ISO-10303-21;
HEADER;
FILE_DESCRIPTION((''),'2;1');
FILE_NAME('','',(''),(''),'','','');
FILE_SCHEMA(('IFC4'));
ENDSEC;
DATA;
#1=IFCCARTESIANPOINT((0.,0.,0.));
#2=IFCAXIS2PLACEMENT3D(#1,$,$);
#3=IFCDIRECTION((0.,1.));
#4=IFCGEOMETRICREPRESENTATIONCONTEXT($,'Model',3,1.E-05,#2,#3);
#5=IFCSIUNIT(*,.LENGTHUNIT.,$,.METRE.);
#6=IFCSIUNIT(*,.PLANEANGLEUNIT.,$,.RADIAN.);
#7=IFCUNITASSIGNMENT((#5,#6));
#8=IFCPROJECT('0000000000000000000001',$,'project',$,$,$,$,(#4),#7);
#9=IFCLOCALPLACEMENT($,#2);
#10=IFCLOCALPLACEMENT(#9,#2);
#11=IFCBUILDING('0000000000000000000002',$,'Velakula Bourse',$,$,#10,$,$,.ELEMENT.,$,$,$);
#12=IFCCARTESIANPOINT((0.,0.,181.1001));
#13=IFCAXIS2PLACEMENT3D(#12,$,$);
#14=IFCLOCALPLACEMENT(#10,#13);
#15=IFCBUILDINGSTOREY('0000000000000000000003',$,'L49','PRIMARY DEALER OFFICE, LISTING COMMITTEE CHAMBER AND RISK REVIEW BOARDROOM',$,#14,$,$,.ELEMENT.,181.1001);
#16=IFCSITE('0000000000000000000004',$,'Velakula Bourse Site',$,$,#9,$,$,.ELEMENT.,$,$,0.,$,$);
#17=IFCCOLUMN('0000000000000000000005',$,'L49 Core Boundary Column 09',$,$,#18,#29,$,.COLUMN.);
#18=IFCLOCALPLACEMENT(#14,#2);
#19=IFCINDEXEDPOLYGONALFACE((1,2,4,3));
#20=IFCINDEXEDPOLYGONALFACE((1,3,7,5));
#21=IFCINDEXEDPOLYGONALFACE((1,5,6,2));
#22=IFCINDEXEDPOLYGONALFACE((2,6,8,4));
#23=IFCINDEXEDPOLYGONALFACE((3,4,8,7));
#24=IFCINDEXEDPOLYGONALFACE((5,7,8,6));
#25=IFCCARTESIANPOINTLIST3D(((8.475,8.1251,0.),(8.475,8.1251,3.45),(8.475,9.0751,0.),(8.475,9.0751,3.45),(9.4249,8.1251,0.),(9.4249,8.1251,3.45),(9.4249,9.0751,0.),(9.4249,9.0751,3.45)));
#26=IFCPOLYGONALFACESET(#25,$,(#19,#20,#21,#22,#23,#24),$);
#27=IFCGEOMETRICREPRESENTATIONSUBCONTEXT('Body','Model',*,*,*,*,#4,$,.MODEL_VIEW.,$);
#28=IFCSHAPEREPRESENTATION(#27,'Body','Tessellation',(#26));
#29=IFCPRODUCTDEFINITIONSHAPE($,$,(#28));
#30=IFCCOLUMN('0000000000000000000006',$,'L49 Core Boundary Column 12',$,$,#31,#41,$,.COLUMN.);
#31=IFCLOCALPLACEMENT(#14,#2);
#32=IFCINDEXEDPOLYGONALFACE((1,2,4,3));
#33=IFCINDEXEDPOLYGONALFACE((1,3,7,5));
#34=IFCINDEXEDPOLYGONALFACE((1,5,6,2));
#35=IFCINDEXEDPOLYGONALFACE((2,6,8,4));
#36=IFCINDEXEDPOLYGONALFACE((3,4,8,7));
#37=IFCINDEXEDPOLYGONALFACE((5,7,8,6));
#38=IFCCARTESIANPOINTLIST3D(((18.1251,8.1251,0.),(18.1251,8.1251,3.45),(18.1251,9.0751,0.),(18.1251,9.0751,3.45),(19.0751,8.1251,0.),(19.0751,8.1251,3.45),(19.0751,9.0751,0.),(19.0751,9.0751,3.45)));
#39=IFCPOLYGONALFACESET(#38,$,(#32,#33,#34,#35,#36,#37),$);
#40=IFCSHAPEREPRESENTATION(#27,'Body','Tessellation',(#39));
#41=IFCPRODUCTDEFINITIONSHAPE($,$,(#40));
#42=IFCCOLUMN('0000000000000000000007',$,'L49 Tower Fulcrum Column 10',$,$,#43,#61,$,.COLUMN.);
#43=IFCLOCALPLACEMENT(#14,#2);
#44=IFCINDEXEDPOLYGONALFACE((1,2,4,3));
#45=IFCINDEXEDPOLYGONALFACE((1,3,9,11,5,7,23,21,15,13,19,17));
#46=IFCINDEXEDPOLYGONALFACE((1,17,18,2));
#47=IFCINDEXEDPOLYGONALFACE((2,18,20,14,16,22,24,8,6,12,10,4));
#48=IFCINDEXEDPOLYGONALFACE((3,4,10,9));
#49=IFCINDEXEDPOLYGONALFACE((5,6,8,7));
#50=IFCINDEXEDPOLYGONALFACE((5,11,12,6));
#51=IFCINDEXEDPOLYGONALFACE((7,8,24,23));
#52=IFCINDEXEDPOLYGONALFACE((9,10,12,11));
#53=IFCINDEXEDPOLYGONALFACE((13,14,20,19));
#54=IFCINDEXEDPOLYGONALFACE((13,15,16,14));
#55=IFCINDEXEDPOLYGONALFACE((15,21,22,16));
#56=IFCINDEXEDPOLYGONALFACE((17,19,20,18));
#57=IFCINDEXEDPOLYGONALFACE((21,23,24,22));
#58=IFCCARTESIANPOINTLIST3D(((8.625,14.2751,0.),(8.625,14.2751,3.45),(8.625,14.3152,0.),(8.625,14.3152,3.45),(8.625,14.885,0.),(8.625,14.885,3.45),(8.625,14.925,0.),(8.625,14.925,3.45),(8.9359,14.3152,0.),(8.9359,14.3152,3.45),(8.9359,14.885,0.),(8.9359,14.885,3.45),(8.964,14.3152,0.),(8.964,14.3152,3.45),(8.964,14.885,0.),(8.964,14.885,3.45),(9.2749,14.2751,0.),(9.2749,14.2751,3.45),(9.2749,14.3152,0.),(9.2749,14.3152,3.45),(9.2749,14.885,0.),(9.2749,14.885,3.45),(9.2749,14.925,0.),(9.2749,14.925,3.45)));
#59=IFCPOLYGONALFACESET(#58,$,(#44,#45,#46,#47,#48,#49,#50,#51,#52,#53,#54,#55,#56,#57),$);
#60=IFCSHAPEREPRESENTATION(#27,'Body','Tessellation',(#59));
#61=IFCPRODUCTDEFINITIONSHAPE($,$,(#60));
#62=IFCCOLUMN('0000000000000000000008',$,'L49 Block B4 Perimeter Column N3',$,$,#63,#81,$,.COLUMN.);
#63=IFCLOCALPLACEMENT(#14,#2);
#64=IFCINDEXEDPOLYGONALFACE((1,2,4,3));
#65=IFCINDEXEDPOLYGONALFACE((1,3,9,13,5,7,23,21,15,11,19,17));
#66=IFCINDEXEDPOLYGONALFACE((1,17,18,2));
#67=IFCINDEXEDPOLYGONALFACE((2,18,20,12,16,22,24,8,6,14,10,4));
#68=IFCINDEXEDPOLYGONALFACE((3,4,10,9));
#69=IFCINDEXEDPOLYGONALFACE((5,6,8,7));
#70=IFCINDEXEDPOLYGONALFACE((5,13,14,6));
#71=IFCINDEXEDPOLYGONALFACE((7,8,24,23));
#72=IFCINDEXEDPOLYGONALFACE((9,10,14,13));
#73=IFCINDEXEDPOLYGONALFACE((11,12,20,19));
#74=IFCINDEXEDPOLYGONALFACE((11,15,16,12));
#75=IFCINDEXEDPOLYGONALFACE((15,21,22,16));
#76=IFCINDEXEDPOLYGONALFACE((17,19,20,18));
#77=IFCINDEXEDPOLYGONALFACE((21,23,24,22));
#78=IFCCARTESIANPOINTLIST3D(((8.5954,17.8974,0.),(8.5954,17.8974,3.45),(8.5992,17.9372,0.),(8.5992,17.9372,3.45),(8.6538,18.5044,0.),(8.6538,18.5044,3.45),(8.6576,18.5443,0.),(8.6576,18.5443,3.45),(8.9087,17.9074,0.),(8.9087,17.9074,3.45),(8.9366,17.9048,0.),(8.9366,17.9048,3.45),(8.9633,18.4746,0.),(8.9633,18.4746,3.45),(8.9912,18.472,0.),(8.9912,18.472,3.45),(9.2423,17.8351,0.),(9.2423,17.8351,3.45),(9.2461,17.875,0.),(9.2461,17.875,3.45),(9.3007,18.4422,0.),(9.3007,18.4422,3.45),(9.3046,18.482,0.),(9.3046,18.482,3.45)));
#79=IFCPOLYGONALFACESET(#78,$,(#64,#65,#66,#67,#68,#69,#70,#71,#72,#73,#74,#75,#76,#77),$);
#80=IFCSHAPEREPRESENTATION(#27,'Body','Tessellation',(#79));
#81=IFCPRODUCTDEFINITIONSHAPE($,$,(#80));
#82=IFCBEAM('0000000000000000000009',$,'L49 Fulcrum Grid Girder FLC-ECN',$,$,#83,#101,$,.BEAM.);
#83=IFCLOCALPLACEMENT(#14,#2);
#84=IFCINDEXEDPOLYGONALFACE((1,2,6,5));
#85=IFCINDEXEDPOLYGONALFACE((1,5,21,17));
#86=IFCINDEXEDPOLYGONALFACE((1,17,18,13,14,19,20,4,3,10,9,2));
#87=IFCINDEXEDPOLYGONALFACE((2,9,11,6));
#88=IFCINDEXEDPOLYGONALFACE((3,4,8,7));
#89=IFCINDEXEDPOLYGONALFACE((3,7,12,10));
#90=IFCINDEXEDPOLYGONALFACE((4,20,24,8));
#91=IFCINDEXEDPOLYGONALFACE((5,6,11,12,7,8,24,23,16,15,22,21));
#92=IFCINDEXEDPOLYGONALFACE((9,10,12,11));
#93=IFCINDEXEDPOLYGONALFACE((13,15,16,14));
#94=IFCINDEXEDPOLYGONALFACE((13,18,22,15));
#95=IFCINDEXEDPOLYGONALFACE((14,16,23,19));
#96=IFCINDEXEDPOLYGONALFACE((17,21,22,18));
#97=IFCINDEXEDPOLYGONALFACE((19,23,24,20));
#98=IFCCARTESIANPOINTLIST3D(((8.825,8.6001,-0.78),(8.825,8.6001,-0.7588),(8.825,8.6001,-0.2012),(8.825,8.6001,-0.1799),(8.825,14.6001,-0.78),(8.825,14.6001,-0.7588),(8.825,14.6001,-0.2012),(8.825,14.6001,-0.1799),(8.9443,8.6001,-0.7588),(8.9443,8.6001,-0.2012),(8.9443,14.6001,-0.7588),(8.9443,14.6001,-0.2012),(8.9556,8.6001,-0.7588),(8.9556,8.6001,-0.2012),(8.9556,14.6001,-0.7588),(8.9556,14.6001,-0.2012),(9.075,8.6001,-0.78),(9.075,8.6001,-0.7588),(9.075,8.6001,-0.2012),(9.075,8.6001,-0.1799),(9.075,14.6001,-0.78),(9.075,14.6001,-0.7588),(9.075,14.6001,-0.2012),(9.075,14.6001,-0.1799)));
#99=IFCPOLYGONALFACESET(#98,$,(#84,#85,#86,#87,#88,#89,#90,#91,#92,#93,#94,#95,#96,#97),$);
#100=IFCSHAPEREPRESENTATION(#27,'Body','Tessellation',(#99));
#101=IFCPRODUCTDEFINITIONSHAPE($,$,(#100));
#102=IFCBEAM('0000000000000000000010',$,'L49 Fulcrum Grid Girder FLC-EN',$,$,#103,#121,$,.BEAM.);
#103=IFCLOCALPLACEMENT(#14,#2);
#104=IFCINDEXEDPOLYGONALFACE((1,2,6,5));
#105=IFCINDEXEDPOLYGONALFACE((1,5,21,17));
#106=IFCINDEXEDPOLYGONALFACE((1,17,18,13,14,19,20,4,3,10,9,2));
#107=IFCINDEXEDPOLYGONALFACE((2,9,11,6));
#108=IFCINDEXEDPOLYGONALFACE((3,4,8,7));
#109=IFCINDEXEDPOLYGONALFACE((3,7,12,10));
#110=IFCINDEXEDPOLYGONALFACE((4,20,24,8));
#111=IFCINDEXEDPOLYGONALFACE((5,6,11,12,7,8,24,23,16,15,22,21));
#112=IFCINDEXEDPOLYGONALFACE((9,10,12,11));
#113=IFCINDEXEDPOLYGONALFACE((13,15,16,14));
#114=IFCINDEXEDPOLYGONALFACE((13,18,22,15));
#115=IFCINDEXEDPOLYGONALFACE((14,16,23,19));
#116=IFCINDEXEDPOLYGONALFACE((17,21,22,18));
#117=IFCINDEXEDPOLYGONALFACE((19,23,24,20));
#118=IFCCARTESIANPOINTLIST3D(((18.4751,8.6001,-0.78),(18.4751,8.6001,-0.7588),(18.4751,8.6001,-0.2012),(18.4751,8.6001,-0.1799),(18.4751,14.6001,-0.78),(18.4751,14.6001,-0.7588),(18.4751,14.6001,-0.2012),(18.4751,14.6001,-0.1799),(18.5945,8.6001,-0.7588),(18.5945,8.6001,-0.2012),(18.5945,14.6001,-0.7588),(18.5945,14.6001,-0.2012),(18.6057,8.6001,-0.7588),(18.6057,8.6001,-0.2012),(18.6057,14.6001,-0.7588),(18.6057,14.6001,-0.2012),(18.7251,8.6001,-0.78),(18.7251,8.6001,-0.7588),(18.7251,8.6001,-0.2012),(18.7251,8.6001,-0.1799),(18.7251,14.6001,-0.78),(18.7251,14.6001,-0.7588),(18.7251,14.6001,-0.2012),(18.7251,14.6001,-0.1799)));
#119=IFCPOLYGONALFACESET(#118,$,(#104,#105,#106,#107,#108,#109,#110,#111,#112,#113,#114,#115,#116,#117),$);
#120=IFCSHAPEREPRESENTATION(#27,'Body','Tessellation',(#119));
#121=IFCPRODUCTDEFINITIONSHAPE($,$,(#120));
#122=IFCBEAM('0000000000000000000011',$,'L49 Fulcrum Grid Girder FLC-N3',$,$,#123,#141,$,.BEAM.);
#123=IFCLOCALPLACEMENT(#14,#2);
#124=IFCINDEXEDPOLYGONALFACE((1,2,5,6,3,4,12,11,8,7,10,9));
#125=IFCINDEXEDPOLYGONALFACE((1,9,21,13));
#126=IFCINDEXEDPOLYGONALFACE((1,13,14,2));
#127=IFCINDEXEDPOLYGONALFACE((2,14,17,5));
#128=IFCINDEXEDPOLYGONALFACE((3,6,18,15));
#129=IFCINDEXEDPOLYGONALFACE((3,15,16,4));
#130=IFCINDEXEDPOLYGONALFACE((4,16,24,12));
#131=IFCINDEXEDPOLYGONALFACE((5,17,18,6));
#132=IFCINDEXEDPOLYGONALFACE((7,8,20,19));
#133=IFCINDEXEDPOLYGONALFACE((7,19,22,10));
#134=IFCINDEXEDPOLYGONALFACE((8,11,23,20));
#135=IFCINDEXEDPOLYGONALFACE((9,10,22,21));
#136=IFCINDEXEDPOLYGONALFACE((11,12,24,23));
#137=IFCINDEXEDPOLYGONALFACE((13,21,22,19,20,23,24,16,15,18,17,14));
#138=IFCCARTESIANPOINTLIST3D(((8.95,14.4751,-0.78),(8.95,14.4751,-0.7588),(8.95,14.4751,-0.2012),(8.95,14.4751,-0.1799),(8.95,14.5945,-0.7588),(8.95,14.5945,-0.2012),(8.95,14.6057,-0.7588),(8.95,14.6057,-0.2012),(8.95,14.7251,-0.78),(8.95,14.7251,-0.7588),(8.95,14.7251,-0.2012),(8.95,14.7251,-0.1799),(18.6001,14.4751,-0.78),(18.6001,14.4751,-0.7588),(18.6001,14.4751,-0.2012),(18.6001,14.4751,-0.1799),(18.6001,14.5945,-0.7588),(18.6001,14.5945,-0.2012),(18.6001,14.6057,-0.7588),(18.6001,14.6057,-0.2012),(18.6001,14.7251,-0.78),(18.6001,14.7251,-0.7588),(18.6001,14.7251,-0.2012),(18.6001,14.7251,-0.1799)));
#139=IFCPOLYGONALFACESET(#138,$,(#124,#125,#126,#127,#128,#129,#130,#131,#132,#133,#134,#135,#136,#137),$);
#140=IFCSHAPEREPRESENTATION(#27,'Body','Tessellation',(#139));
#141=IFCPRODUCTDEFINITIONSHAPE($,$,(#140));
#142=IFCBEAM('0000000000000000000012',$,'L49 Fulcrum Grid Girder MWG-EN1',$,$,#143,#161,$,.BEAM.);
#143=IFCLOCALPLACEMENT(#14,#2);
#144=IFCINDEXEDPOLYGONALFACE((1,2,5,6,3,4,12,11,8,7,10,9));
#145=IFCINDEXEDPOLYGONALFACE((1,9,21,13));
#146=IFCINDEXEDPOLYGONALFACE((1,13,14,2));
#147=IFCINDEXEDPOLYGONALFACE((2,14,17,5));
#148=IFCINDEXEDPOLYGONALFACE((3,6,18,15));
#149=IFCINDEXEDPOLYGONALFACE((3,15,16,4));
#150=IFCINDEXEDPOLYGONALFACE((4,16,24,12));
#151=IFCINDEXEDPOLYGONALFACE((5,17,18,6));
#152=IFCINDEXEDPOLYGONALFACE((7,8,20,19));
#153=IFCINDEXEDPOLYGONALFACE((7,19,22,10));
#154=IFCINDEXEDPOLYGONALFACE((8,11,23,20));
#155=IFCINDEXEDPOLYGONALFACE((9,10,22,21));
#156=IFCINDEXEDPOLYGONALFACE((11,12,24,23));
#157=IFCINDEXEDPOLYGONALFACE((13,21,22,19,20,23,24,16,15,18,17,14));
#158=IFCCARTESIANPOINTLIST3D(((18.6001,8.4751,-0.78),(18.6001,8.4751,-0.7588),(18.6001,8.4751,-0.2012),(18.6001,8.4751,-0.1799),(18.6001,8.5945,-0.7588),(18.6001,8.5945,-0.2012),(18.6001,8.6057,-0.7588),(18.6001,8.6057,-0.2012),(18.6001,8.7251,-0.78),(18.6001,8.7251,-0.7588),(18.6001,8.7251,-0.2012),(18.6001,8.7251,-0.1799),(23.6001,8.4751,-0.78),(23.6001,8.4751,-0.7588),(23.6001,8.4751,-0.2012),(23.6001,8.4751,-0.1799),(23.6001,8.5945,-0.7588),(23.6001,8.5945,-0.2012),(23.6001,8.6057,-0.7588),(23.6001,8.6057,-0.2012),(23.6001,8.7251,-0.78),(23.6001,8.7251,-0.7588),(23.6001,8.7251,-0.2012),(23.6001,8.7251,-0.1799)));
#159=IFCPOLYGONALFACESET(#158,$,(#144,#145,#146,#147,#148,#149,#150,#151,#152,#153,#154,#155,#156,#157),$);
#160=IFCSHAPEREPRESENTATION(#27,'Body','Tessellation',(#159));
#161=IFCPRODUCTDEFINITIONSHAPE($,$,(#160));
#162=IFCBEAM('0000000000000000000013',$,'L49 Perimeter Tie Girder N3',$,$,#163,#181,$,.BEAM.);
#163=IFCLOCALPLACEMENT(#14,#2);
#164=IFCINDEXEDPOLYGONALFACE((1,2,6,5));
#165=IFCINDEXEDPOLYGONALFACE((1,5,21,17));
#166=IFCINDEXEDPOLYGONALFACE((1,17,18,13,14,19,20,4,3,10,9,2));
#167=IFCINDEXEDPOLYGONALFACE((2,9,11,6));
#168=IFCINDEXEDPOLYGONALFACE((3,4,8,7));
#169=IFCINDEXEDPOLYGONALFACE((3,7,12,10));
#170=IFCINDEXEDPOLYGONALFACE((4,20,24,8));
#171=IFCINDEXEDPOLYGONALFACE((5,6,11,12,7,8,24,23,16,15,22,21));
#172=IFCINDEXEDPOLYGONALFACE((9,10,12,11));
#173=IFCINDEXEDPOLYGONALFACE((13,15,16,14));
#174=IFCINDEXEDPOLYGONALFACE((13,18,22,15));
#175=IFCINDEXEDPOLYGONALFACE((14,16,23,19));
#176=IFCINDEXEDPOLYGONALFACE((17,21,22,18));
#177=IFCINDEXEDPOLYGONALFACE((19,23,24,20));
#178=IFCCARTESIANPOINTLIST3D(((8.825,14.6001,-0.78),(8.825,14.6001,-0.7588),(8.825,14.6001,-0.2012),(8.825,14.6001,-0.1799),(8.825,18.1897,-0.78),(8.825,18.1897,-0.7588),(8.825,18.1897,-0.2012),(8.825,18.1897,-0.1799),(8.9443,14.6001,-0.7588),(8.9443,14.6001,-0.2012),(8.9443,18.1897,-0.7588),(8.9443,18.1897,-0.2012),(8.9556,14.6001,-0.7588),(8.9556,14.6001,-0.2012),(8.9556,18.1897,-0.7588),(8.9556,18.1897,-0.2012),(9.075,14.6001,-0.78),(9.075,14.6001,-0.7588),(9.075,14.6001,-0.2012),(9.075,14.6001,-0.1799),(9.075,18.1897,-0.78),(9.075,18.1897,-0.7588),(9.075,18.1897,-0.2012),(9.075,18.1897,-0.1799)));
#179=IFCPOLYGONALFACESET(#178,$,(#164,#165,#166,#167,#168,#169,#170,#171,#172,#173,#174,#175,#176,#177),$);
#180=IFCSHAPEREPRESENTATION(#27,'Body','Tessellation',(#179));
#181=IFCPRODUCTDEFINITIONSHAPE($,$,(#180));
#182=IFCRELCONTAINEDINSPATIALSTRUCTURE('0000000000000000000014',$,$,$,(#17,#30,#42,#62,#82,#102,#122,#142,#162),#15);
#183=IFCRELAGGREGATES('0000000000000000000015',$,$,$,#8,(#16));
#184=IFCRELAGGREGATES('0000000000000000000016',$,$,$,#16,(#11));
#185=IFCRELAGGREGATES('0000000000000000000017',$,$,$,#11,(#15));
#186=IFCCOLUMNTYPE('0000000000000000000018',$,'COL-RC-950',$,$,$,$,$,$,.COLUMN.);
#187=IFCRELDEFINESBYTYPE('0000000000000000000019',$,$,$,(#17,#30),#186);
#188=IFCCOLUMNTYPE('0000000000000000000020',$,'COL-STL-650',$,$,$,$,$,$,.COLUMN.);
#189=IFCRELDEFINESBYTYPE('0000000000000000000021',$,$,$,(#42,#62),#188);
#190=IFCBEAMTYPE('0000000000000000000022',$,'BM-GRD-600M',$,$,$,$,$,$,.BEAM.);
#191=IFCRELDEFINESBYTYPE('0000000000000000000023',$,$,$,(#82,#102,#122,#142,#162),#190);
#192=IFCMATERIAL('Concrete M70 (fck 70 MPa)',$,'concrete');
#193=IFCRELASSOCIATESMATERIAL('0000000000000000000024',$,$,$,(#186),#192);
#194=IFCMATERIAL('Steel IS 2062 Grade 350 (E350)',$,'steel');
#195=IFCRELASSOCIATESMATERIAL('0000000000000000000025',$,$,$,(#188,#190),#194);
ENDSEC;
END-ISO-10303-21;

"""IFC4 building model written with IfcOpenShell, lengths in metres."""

from ifc_helpers import new_model, si_unit, direction, frame, origin, origin_2d, place, context, subcontext, project, spatial, rectangle, i_section, extrude, material, material_profile, profile_set, type_object, element, save


model = new_model("IFC4")

# Units and contexts
model_context = context("Model", 3, precision=1e-05, world=origin(), true_north=direction((0.0, 1.0)))
body_context = subcontext(model_context, "Body", "Model", "MODEL_VIEW")
ifc_project = project(units=[si_unit("LENGTHUNIT", "METRE"), si_unit("PLANEANGLEUNIT", "RADIAN")], contexts=[model_context])

# Site, building, storey
site_placement = place(None, origin())
site = spatial("IfcSite", under=ifc_project, at=site_placement, Name="Velakula Bourse Site", CompositionType="ELEMENT", RefElevation=0.0)
building_placement = place(site_placement, origin())
building = spatial("IfcBuilding", under=site, at=building_placement, Name="Velakula Bourse", CompositionType="ELEMENT")
storey_placement = place(building_placement, frame((0.0, 0.0, 181.1001)))
storey = spatial("IfcBuildingStorey", under=building, at=storey_placement, Name="L49", Description="PRIMARY DEALER OFFICE, LISTING COMMITTEE CHAMBER AND RISK REVIEW BOARDROOM", CompositionType="ELEMENT", Elevation=181.1001)

# Columns
ifc_material_1 = material(Name="Concrete M70 (fck 70 MPa)", Category="concrete")
ifc_material_profile_1 = material_profile(ifc_material_1, rectangle(XDim=0.95, YDim=0.95, at=origin_2d()), Name="Concrete M70 (fck 70 MPa)")
ifc_profile_set_1 = profile_set([ifc_material_profile_1], Name="Concrete M70 (fck 70 MPa)")
column_type_1 = type_object("IfcColumnType", Name="COL-RC-950", PredefinedType="COLUMN", material=ifc_profile_set_1)
for number, where, z_axis, x_axis, name in (
    (1, (8.95, 8.6001, 0.0), (0.0, 0.0, 1.0), (1.0, 0.0, 0.0), "L49 Core Boundary Column 09"),
    (2, (18.6001, 8.6001, 0.0), (0.0, 0.0, 1.0), (1.0, 0.0, 0.0), "L49 Core Boundary Column 12"),
):
    element("IfcColumn", number, at=place(storey_placement, frame(where, z_axis=z_axis, x_axis=x_axis)), inside=storey, type_object=column_type_1, Name=name, PredefinedType="COLUMN", context=body_context, shape_type="SweptSolid", body=[
        extrude(rectangle(XDim=0.95, YDim=0.95, at=origin_2d()), origin(), (0.0, 0.0, 1.0), 3.45),
    ])
ifc_material_2 = material(Name="Steel IS 2062 Grade 350 (E350)", Category="steel")
ifc_material_profile_2 = material_profile(ifc_material_2, i_section(OverallWidth=0.6499, OverallDepth=0.6499, WebThickness=0.0281, FlangeThickness=0.04, at=origin_2d()), Name="Steel IS 2062 Grade 350 (E350)")
ifc_profile_set_2 = profile_set([ifc_material_profile_2], Name="Steel IS 2062 Grade 350 (E350)")
column_type_2 = type_object("IfcColumnType", Name="COL-STL-650", PredefinedType="COLUMN", material=ifc_profile_set_2)
for number, where, z_axis, x_axis, name in (
    (3, (8.95, 14.6001, 0.0), (0.0, 0.0, 1.0), (1.0, 0.0, 0.0), "L49 Tower Fulcrum Column 10"),
    (4, (8.95, 18.1897, 0.0), (0.0, 0.0, 1.0), (0.995396, -0.095846, 0.0), "L49 Block B4 Perimeter Column N3"),
):
    element("IfcColumn", number, at=place(storey_placement, frame(where, z_axis=z_axis, x_axis=x_axis)), inside=storey, type_object=column_type_2, Name=name, PredefinedType="COLUMN", context=body_context, shape_type="SweptSolid", body=[
        extrude(i_section(OverallWidth=0.6499, OverallDepth=0.6499, WebThickness=0.0281, FlangeThickness=0.04, at=origin_2d()), origin(), (0.0, 0.0, 1.0), 3.45),
    ])

# Beams
ifc_material_profile_3 = material_profile(ifc_material_2, i_section(OverallWidth=0.25, OverallDepth=0.6001, WebThickness=0.0112, FlangeThickness=0.0212, at=origin_2d()), Name="Steel IS 2062 Grade 350 (E350)")
ifc_profile_set_3 = profile_set([ifc_material_profile_3], Name="Steel IS 2062 Grade 350 (E350)")
beam_type_1 = type_object("IfcBeamType", Name="BM-GRD-600M", PredefinedType="BEAM", material=ifc_profile_set_3)
for number, where, z_axis, x_axis, name in (
    (5, (8.95, 8.6001, -0.48), (0.0, 1.0, 0.0), (-1.0, 0.0, 0.0), "L49 Fulcrum Grid Girder FLC-ECN"),
    (6, (18.6001, 8.6001, -0.48), (0.0, 1.0, 0.0), (-1.0, 0.0, 0.0), "L49 Fulcrum Grid Girder FLC-EN"),
):
    element("IfcBeam", number, at=place(storey_placement, frame(where, z_axis=z_axis, x_axis=x_axis)), inside=storey, type_object=beam_type_1, Name=name, PredefinedType="BEAM", context=body_context, shape_type="SweptSolid", body=[
        extrude(i_section(OverallWidth=0.25, OverallDepth=0.6001, WebThickness=0.0112, FlangeThickness=0.0212, at=origin_2d()), origin(), (0.0, 0.0, 1.0), 6.0),
    ])
beam_1_placement = place(storey_placement, frame((8.95, 14.6001, -0.48), z_axis=(1.0, 0.0, 0.0), x_axis=(0.0, 1.0, 0.0)))
element("IfcBeam", 7, at=beam_1_placement, inside=storey, type_object=beam_type_1, Name="L49 Fulcrum Grid Girder FLC-N3", PredefinedType="BEAM", context=body_context, shape_type="SweptSolid", body=[
    extrude(i_section(OverallWidth=0.25, OverallDepth=0.6001, WebThickness=0.0112, FlangeThickness=0.0212, at=origin_2d()), origin(), (0.0, 0.0, 1.0), 9.6501),
])
beam_2_placement = place(storey_placement, frame((18.6001, 8.6001, -0.48), z_axis=(1.0, 0.0, 0.0), x_axis=(0.0, 1.0, 0.0)))
element("IfcBeam", 8, at=beam_2_placement, inside=storey, type_object=beam_type_1, Name="L49 Fulcrum Grid Girder MWG-EN1", PredefinedType="BEAM", context=body_context, shape_type="SweptSolid", body=[
    extrude(i_section(OverallWidth=0.25, OverallDepth=0.6001, WebThickness=0.0112, FlangeThickness=0.0212, at=origin_2d()), origin(), (0.0, 0.0, 1.0), 5.0),
])
beam_3_placement = place(storey_placement, frame((8.95, 14.6001, -0.48), z_axis=(0.0, 1.0, 0.0), x_axis=(-1.0, 0.0, 0.0)))
element("IfcBeam", 9, at=beam_3_placement, inside=storey, type_object=beam_type_1, Name="L49 Perimeter Tie Girder N3", PredefinedType="BEAM", context=body_context, shape_type="SweptSolid", body=[
    extrude(i_section(OverallWidth=0.25, OverallDepth=0.6001, WebThickness=0.0112, FlangeThickness=0.0212, at=origin_2d()), origin(), (0.0, 0.0, 1.0), 3.5896),
])

save(model, "model.ifc")
